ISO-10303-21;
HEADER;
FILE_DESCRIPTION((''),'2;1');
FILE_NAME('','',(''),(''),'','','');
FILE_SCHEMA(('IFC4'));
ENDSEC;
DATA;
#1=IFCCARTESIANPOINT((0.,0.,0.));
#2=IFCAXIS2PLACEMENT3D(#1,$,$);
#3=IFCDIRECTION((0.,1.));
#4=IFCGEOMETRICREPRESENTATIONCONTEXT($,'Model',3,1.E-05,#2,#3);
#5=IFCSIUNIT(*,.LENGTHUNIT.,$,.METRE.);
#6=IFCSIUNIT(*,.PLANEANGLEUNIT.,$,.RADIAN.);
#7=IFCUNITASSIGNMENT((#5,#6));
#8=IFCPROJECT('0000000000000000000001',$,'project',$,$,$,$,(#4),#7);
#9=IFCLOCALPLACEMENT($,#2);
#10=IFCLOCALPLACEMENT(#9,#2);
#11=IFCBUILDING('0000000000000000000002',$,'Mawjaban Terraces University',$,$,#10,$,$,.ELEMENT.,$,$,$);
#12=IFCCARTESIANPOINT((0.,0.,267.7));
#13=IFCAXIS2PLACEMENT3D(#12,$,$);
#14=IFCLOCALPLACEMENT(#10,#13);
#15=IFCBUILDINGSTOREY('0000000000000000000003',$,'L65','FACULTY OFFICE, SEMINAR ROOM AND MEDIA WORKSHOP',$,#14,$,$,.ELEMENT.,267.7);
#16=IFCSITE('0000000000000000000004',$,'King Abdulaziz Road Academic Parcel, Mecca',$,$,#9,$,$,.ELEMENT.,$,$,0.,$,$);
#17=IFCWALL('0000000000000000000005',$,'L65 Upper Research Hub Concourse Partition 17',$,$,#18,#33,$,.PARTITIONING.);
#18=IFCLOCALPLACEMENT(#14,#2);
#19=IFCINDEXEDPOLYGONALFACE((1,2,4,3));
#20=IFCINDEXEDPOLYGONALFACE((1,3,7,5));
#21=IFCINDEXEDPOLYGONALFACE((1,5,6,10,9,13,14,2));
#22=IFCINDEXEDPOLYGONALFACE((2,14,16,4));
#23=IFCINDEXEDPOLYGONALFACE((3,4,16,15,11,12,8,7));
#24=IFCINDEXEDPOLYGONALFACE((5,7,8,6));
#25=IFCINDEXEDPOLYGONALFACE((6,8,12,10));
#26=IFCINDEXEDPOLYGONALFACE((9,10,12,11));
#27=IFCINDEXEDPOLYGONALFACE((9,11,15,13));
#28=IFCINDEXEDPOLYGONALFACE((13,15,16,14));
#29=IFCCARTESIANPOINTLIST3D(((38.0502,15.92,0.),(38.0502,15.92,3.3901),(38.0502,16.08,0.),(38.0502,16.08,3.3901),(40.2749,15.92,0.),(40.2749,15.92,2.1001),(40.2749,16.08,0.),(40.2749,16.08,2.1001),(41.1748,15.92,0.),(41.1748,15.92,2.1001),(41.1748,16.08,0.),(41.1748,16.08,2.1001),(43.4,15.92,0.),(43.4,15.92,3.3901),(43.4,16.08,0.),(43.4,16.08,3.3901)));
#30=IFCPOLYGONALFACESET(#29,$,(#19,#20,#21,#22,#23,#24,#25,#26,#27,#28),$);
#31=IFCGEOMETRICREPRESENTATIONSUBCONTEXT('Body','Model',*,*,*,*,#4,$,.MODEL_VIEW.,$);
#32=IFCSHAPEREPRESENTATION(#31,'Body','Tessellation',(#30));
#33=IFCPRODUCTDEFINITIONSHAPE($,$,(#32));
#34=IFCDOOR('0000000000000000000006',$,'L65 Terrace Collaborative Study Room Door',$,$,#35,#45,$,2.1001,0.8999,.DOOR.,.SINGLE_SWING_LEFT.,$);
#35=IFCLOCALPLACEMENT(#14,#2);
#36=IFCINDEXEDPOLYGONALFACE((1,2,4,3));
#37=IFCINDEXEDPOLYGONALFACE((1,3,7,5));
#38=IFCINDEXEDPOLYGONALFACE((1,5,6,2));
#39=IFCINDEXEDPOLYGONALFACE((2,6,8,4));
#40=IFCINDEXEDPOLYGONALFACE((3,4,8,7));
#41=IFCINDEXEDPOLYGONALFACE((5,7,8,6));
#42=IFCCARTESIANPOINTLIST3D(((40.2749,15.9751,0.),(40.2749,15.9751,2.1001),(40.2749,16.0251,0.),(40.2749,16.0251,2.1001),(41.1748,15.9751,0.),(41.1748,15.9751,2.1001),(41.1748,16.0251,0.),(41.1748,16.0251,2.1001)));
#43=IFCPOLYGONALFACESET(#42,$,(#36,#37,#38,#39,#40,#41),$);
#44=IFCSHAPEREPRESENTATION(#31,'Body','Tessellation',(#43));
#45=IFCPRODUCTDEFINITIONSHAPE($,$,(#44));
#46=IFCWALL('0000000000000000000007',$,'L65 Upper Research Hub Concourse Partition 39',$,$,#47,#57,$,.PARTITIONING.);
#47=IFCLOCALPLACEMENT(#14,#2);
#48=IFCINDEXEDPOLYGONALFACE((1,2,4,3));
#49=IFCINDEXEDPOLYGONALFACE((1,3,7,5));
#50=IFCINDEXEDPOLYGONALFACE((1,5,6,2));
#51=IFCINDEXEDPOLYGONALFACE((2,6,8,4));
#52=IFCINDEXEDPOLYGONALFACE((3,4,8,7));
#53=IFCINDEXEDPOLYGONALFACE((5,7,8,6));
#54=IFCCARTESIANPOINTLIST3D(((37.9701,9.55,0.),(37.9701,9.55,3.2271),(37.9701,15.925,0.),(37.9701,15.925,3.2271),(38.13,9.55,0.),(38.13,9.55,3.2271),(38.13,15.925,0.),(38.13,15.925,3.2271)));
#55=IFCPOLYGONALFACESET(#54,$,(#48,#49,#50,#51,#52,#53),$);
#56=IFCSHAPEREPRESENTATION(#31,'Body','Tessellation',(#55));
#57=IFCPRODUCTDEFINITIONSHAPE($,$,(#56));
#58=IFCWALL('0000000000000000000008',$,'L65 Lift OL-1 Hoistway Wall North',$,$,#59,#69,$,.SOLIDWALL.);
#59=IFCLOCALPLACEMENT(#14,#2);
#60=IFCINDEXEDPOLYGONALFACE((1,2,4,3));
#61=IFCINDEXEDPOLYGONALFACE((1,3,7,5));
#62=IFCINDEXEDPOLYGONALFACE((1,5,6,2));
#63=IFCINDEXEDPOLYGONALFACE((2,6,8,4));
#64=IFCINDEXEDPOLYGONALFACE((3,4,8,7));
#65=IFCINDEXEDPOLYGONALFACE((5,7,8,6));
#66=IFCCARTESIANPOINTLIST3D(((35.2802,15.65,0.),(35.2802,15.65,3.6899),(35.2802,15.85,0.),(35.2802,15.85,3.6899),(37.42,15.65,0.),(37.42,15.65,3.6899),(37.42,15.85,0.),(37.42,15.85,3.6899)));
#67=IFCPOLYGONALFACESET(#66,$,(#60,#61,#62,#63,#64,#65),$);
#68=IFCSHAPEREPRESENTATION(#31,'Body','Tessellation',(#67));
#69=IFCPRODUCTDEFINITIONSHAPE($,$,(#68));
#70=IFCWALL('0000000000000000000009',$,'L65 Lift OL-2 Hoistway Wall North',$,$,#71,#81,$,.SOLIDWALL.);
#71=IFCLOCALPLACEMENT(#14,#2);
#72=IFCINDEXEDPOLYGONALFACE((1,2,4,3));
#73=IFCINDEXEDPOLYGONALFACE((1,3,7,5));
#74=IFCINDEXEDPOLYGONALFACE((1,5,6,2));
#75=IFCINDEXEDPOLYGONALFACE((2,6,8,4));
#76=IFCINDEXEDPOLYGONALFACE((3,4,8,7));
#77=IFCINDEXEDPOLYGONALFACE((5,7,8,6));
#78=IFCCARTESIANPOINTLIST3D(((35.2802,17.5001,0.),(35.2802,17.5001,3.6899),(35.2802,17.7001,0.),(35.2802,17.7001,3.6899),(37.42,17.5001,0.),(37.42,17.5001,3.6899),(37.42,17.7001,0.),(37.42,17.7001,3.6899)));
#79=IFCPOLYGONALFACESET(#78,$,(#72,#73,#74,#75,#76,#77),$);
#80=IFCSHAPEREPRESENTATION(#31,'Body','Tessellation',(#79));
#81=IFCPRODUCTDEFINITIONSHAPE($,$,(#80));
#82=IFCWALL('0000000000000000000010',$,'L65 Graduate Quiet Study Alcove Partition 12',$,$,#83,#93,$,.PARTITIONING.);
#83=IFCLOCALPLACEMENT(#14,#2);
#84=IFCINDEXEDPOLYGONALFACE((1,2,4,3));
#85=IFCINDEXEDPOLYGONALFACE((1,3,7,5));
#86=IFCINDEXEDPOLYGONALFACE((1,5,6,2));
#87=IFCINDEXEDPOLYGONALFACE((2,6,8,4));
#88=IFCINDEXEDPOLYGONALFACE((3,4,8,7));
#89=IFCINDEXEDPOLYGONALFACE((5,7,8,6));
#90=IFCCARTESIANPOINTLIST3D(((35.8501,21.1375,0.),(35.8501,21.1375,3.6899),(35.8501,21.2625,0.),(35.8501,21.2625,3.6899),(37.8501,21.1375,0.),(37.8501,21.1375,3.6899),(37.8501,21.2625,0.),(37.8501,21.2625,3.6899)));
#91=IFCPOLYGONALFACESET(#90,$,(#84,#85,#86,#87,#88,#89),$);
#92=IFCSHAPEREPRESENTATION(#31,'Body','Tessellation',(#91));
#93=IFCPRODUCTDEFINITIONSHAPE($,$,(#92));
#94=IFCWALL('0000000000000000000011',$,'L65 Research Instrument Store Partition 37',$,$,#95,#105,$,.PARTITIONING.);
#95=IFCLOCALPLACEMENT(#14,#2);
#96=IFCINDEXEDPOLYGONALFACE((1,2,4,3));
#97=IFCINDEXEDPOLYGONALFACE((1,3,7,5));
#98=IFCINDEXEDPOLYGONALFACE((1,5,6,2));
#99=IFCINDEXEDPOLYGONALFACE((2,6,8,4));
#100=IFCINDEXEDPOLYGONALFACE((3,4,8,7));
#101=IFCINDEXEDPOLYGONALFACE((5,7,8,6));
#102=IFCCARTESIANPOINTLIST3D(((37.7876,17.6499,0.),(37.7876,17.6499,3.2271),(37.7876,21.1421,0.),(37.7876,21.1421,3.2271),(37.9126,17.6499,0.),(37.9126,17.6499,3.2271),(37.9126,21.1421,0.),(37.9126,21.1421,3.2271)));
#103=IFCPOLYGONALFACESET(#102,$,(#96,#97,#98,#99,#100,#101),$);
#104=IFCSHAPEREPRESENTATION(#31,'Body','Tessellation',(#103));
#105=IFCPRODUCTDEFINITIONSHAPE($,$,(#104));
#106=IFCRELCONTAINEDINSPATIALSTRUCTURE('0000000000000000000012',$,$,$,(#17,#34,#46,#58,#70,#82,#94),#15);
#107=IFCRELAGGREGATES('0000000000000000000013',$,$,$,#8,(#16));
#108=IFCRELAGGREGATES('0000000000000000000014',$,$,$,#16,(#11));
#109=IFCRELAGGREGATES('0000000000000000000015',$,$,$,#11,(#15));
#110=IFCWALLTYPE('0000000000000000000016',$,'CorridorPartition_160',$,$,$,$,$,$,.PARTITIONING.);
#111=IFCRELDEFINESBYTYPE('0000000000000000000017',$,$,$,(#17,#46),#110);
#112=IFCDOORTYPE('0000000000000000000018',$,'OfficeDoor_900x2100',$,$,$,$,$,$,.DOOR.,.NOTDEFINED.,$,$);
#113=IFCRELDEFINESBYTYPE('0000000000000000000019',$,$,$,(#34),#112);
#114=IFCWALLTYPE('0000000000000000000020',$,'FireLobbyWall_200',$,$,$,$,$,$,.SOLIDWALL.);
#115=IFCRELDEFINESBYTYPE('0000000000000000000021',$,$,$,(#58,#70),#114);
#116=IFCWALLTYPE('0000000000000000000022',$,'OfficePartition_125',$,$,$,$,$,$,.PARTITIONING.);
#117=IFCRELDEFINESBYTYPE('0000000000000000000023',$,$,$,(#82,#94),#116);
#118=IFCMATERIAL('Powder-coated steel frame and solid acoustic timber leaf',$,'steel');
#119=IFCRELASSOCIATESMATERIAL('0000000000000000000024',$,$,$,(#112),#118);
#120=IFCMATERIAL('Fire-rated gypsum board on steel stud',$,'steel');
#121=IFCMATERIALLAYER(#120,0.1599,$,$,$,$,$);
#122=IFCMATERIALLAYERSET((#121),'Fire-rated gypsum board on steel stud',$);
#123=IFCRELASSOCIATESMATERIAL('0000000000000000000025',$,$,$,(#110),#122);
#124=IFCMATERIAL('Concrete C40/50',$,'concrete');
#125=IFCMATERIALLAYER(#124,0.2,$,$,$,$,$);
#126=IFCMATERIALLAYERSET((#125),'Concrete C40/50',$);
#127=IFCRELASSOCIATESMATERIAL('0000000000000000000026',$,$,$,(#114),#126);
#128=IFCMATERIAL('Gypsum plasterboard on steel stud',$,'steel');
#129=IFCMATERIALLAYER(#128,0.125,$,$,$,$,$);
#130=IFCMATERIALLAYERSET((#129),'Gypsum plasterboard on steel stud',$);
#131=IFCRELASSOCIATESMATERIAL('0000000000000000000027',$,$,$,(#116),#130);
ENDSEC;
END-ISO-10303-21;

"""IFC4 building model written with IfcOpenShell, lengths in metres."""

from ifc_helpers import new_model, si_unit, direction, frame, frame_2d, origin, place, context, subcontext, project, spatial, rectangle, extrude, material, layer, layer_set, type_object, element, fill, save


model = new_model("IFC4")

# Units and contexts
model_context = context("Model", 3, precision=1e-05, world=origin(), true_north=direction((0.0, 1.0)))
body_context = subcontext(model_context, "Body", "Model", "MODEL_VIEW")
ifc_project = project(units=[si_unit("LENGTHUNIT", "METRE"), si_unit("PLANEANGLEUNIT", "RADIAN")], contexts=[model_context])

# Site, building, storey
site_placement = place(None, origin())
site = spatial("IfcSite", under=ifc_project, at=site_placement, Name="King Abdulaziz Road Academic Parcel, Mecca", CompositionType="ELEMENT", RefElevation=0.0)
building_placement = place(site_placement, origin())
building = spatial("IfcBuilding", under=site, at=building_placement, Name="Mawjaban Terraces University", CompositionType="ELEMENT")
storey_placement = place(building_placement, frame((0.0, 0.0, 267.7)))
storey = spatial("IfcBuildingStorey", under=building, at=storey_placement, Name="L65", Description="FACULTY OFFICE, SEMINAR ROOM AND MEDIA WORKSHOP", CompositionType="ELEMENT", Elevation=267.7)

# Shared definitions
ifc_material_1 = material(Name="Powder-coated steel frame and solid acoustic timber leaf", Category="steel")
door_type = type_object("IfcDoorType", Name="OfficeDoor_900x2100", OperationType="NOTDEFINED", PredefinedType="DOOR", material=ifc_material_1)

# Wall, opening, door
ifc_material_2 = material(Name="Fire-rated gypsum board on steel stud", Category="steel")
ifc_layer_1 = layer(ifc_material_2, 0.1599)
ifc_layer_set_1 = layer_set([ifc_layer_1], Name="Fire-rated gypsum board on steel stud")
wall_type_1 = type_object("IfcWallType", Name="CorridorPartition_160", PredefinedType="PARTITIONING", material=ifc_layer_set_1)
wall_1_placement = place(storey_placement, frame((43.3999, 16.0, 0.0), z_axis=(0.0, 0.0, 1.0), x_axis=(-1.0, 0.0, 0.0)))
wall_1 = element("IfcWall", 1, at=wall_1_placement, inside=storey, type_object=wall_type_1, Name="L65 Upper Research Hub Concourse Partition 17", PredefinedType="PARTITIONING", context=body_context, shape_type="SweptSolid", body=[
    extrude(rectangle(XDim=5.3499, YDim=0.1599, at=frame_2d((2.6748, 0.0))), origin(), (0.0, 0.0, 1.0), 3.3901),
])
opening_1_placement = place(wall_1_placement, frame((2.2251, 0.0, 0.0)))
opening_1 = element("IfcOpeningElement", 2, at=opening_1_placement, cuts=wall_1, PredefinedType="OPENING", context=body_context, shape_type="SweptSolid", body=[
    extrude(rectangle(XDim=0.8999, YDim=2.1001, at=frame_2d((0.45, 1.05))), frame((0.0, 0.0898, 0.0), z_axis=(0.0, -1.0, 0.0), x_axis=(1.0, 0.0, 0.0)), (0.0, 0.0, 1.0), 0.1799),
])
door_1_placement = place(opening_1_placement, origin())
door_1 = element("IfcDoor", 3, at=door_1_placement, inside=storey, type_object=door_type, Name="L65 Terrace Collaborative Study Room Door", OperationType="SINGLE_SWING_LEFT", OverallHeight=2.1001, OverallWidth=0.8999, PredefinedType="DOOR", context=body_context, shape_type="SweptSolid", body=[
    extrude(rectangle(XDim=0.8999, YDim=2.1001, at=frame_2d((0.45, 1.05))), frame((0.0, 0.0249, 0.0), z_axis=(0.0, -1.0, 0.0), x_axis=(1.0, 0.0, 0.0)), (0.0, 0.0, 1.0), 0.05),
])
fill(opening_1, door_1)

# Walls
wall_2_placement = place(storey_placement, frame((38.05, 15.925, 0.0), z_axis=(0.0, 0.0, 1.0), x_axis=(0.0, -1.0, 0.0)))
element("IfcWall", 4, at=wall_2_placement, inside=storey, type_object=wall_type_1, Name="L65 Upper Research Hub Concourse Partition 39", PredefinedType="PARTITIONING", context=body_context, shape_type="SweptSolid", body=[
    extrude(rectangle(XDim=6.375, YDim=0.1599, at=frame_2d((3.1875, 0.0))), origin(), (0.0, 0.0, 1.0), 3.2271),
])
ifc_material_3 = material(Name="Concrete C40/50", Category="concrete")
ifc_layer_2 = layer(ifc_material_3, 0.2)
ifc_layer_set_2 = layer_set([ifc_layer_2], Name="Concrete C40/50")
wall_type_2 = type_object("IfcWallType", Name="FireLobbyWall_200", PredefinedType="SOLIDWALL", material=ifc_layer_set_2)
for number, where, z_axis, x_axis, name in (
    (5, (37.4199, 15.75, 0.0), (0.0, 0.0, 1.0), (-1.0, 0.0, 0.0), "L65 Lift OL-1 Hoistway Wall North"),
    (6, (37.4199, 17.6001, 0.0), (0.0, 0.0, 1.0), (-1.0, 0.0, 0.0), "L65 Lift OL-2 Hoistway Wall North"),
):
    element("IfcWall", number, at=place(storey_placement, frame(where, z_axis=z_axis, x_axis=x_axis)), inside=storey, type_object=wall_type_2, Name=name, PredefinedType="SOLIDWALL", context=body_context, shape_type="SweptSolid", body=[
        extrude(rectangle(XDim=2.1399, YDim=0.2, at=frame_2d((1.0698, 0.0))), origin(), (0.0, 0.0, 1.0), 3.6899),
    ])
ifc_material_4 = material(Name="Gypsum plasterboard on steel stud", Category="steel")
ifc_layer_3 = layer(ifc_material_4, 0.125)
ifc_layer_set_3 = layer_set([ifc_layer_3], Name="Gypsum plasterboard on steel stud")
wall_type_3 = type_object("IfcWallType", Name="OfficePartition_125", PredefinedType="PARTITIONING", material=ifc_layer_set_3)
wall_3_placement = place(storey_placement, frame((35.8501, 21.2, 0.0), z_axis=(0.0, 0.0, 1.0), x_axis=(1.0, 0.0, 0.0)))
element("IfcWall", 7, at=wall_3_placement, inside=storey, type_object=wall_type_3, Name="L65 Graduate Quiet Study Alcove Partition 12", PredefinedType="PARTITIONING", context=body_context, shape_type="SweptSolid", body=[
    extrude(rectangle(XDim=2.0, YDim=0.125, at=frame_2d((1.0, 0.0))), origin(), (0.0, 0.0, 1.0), 3.6899),
])
wall_4_placement = place(storey_placement, frame((37.8501, 17.6499, 0.0), z_axis=(0.0, 0.0, 1.0), x_axis=(0.0, 1.0, 0.0)))
element("IfcWall", 8, at=wall_4_placement, inside=storey, type_object=wall_type_3, Name="L65 Research Instrument Store Partition 37", PredefinedType="PARTITIONING", context=body_context, shape_type="SweptSolid", body=[
    extrude(rectangle(XDim=3.4922, YDim=0.125, at=frame_2d((1.7461, 0.0))), origin(), (0.0, 0.0, 1.0), 3.2271),
])

save(model, "model.ifc")
